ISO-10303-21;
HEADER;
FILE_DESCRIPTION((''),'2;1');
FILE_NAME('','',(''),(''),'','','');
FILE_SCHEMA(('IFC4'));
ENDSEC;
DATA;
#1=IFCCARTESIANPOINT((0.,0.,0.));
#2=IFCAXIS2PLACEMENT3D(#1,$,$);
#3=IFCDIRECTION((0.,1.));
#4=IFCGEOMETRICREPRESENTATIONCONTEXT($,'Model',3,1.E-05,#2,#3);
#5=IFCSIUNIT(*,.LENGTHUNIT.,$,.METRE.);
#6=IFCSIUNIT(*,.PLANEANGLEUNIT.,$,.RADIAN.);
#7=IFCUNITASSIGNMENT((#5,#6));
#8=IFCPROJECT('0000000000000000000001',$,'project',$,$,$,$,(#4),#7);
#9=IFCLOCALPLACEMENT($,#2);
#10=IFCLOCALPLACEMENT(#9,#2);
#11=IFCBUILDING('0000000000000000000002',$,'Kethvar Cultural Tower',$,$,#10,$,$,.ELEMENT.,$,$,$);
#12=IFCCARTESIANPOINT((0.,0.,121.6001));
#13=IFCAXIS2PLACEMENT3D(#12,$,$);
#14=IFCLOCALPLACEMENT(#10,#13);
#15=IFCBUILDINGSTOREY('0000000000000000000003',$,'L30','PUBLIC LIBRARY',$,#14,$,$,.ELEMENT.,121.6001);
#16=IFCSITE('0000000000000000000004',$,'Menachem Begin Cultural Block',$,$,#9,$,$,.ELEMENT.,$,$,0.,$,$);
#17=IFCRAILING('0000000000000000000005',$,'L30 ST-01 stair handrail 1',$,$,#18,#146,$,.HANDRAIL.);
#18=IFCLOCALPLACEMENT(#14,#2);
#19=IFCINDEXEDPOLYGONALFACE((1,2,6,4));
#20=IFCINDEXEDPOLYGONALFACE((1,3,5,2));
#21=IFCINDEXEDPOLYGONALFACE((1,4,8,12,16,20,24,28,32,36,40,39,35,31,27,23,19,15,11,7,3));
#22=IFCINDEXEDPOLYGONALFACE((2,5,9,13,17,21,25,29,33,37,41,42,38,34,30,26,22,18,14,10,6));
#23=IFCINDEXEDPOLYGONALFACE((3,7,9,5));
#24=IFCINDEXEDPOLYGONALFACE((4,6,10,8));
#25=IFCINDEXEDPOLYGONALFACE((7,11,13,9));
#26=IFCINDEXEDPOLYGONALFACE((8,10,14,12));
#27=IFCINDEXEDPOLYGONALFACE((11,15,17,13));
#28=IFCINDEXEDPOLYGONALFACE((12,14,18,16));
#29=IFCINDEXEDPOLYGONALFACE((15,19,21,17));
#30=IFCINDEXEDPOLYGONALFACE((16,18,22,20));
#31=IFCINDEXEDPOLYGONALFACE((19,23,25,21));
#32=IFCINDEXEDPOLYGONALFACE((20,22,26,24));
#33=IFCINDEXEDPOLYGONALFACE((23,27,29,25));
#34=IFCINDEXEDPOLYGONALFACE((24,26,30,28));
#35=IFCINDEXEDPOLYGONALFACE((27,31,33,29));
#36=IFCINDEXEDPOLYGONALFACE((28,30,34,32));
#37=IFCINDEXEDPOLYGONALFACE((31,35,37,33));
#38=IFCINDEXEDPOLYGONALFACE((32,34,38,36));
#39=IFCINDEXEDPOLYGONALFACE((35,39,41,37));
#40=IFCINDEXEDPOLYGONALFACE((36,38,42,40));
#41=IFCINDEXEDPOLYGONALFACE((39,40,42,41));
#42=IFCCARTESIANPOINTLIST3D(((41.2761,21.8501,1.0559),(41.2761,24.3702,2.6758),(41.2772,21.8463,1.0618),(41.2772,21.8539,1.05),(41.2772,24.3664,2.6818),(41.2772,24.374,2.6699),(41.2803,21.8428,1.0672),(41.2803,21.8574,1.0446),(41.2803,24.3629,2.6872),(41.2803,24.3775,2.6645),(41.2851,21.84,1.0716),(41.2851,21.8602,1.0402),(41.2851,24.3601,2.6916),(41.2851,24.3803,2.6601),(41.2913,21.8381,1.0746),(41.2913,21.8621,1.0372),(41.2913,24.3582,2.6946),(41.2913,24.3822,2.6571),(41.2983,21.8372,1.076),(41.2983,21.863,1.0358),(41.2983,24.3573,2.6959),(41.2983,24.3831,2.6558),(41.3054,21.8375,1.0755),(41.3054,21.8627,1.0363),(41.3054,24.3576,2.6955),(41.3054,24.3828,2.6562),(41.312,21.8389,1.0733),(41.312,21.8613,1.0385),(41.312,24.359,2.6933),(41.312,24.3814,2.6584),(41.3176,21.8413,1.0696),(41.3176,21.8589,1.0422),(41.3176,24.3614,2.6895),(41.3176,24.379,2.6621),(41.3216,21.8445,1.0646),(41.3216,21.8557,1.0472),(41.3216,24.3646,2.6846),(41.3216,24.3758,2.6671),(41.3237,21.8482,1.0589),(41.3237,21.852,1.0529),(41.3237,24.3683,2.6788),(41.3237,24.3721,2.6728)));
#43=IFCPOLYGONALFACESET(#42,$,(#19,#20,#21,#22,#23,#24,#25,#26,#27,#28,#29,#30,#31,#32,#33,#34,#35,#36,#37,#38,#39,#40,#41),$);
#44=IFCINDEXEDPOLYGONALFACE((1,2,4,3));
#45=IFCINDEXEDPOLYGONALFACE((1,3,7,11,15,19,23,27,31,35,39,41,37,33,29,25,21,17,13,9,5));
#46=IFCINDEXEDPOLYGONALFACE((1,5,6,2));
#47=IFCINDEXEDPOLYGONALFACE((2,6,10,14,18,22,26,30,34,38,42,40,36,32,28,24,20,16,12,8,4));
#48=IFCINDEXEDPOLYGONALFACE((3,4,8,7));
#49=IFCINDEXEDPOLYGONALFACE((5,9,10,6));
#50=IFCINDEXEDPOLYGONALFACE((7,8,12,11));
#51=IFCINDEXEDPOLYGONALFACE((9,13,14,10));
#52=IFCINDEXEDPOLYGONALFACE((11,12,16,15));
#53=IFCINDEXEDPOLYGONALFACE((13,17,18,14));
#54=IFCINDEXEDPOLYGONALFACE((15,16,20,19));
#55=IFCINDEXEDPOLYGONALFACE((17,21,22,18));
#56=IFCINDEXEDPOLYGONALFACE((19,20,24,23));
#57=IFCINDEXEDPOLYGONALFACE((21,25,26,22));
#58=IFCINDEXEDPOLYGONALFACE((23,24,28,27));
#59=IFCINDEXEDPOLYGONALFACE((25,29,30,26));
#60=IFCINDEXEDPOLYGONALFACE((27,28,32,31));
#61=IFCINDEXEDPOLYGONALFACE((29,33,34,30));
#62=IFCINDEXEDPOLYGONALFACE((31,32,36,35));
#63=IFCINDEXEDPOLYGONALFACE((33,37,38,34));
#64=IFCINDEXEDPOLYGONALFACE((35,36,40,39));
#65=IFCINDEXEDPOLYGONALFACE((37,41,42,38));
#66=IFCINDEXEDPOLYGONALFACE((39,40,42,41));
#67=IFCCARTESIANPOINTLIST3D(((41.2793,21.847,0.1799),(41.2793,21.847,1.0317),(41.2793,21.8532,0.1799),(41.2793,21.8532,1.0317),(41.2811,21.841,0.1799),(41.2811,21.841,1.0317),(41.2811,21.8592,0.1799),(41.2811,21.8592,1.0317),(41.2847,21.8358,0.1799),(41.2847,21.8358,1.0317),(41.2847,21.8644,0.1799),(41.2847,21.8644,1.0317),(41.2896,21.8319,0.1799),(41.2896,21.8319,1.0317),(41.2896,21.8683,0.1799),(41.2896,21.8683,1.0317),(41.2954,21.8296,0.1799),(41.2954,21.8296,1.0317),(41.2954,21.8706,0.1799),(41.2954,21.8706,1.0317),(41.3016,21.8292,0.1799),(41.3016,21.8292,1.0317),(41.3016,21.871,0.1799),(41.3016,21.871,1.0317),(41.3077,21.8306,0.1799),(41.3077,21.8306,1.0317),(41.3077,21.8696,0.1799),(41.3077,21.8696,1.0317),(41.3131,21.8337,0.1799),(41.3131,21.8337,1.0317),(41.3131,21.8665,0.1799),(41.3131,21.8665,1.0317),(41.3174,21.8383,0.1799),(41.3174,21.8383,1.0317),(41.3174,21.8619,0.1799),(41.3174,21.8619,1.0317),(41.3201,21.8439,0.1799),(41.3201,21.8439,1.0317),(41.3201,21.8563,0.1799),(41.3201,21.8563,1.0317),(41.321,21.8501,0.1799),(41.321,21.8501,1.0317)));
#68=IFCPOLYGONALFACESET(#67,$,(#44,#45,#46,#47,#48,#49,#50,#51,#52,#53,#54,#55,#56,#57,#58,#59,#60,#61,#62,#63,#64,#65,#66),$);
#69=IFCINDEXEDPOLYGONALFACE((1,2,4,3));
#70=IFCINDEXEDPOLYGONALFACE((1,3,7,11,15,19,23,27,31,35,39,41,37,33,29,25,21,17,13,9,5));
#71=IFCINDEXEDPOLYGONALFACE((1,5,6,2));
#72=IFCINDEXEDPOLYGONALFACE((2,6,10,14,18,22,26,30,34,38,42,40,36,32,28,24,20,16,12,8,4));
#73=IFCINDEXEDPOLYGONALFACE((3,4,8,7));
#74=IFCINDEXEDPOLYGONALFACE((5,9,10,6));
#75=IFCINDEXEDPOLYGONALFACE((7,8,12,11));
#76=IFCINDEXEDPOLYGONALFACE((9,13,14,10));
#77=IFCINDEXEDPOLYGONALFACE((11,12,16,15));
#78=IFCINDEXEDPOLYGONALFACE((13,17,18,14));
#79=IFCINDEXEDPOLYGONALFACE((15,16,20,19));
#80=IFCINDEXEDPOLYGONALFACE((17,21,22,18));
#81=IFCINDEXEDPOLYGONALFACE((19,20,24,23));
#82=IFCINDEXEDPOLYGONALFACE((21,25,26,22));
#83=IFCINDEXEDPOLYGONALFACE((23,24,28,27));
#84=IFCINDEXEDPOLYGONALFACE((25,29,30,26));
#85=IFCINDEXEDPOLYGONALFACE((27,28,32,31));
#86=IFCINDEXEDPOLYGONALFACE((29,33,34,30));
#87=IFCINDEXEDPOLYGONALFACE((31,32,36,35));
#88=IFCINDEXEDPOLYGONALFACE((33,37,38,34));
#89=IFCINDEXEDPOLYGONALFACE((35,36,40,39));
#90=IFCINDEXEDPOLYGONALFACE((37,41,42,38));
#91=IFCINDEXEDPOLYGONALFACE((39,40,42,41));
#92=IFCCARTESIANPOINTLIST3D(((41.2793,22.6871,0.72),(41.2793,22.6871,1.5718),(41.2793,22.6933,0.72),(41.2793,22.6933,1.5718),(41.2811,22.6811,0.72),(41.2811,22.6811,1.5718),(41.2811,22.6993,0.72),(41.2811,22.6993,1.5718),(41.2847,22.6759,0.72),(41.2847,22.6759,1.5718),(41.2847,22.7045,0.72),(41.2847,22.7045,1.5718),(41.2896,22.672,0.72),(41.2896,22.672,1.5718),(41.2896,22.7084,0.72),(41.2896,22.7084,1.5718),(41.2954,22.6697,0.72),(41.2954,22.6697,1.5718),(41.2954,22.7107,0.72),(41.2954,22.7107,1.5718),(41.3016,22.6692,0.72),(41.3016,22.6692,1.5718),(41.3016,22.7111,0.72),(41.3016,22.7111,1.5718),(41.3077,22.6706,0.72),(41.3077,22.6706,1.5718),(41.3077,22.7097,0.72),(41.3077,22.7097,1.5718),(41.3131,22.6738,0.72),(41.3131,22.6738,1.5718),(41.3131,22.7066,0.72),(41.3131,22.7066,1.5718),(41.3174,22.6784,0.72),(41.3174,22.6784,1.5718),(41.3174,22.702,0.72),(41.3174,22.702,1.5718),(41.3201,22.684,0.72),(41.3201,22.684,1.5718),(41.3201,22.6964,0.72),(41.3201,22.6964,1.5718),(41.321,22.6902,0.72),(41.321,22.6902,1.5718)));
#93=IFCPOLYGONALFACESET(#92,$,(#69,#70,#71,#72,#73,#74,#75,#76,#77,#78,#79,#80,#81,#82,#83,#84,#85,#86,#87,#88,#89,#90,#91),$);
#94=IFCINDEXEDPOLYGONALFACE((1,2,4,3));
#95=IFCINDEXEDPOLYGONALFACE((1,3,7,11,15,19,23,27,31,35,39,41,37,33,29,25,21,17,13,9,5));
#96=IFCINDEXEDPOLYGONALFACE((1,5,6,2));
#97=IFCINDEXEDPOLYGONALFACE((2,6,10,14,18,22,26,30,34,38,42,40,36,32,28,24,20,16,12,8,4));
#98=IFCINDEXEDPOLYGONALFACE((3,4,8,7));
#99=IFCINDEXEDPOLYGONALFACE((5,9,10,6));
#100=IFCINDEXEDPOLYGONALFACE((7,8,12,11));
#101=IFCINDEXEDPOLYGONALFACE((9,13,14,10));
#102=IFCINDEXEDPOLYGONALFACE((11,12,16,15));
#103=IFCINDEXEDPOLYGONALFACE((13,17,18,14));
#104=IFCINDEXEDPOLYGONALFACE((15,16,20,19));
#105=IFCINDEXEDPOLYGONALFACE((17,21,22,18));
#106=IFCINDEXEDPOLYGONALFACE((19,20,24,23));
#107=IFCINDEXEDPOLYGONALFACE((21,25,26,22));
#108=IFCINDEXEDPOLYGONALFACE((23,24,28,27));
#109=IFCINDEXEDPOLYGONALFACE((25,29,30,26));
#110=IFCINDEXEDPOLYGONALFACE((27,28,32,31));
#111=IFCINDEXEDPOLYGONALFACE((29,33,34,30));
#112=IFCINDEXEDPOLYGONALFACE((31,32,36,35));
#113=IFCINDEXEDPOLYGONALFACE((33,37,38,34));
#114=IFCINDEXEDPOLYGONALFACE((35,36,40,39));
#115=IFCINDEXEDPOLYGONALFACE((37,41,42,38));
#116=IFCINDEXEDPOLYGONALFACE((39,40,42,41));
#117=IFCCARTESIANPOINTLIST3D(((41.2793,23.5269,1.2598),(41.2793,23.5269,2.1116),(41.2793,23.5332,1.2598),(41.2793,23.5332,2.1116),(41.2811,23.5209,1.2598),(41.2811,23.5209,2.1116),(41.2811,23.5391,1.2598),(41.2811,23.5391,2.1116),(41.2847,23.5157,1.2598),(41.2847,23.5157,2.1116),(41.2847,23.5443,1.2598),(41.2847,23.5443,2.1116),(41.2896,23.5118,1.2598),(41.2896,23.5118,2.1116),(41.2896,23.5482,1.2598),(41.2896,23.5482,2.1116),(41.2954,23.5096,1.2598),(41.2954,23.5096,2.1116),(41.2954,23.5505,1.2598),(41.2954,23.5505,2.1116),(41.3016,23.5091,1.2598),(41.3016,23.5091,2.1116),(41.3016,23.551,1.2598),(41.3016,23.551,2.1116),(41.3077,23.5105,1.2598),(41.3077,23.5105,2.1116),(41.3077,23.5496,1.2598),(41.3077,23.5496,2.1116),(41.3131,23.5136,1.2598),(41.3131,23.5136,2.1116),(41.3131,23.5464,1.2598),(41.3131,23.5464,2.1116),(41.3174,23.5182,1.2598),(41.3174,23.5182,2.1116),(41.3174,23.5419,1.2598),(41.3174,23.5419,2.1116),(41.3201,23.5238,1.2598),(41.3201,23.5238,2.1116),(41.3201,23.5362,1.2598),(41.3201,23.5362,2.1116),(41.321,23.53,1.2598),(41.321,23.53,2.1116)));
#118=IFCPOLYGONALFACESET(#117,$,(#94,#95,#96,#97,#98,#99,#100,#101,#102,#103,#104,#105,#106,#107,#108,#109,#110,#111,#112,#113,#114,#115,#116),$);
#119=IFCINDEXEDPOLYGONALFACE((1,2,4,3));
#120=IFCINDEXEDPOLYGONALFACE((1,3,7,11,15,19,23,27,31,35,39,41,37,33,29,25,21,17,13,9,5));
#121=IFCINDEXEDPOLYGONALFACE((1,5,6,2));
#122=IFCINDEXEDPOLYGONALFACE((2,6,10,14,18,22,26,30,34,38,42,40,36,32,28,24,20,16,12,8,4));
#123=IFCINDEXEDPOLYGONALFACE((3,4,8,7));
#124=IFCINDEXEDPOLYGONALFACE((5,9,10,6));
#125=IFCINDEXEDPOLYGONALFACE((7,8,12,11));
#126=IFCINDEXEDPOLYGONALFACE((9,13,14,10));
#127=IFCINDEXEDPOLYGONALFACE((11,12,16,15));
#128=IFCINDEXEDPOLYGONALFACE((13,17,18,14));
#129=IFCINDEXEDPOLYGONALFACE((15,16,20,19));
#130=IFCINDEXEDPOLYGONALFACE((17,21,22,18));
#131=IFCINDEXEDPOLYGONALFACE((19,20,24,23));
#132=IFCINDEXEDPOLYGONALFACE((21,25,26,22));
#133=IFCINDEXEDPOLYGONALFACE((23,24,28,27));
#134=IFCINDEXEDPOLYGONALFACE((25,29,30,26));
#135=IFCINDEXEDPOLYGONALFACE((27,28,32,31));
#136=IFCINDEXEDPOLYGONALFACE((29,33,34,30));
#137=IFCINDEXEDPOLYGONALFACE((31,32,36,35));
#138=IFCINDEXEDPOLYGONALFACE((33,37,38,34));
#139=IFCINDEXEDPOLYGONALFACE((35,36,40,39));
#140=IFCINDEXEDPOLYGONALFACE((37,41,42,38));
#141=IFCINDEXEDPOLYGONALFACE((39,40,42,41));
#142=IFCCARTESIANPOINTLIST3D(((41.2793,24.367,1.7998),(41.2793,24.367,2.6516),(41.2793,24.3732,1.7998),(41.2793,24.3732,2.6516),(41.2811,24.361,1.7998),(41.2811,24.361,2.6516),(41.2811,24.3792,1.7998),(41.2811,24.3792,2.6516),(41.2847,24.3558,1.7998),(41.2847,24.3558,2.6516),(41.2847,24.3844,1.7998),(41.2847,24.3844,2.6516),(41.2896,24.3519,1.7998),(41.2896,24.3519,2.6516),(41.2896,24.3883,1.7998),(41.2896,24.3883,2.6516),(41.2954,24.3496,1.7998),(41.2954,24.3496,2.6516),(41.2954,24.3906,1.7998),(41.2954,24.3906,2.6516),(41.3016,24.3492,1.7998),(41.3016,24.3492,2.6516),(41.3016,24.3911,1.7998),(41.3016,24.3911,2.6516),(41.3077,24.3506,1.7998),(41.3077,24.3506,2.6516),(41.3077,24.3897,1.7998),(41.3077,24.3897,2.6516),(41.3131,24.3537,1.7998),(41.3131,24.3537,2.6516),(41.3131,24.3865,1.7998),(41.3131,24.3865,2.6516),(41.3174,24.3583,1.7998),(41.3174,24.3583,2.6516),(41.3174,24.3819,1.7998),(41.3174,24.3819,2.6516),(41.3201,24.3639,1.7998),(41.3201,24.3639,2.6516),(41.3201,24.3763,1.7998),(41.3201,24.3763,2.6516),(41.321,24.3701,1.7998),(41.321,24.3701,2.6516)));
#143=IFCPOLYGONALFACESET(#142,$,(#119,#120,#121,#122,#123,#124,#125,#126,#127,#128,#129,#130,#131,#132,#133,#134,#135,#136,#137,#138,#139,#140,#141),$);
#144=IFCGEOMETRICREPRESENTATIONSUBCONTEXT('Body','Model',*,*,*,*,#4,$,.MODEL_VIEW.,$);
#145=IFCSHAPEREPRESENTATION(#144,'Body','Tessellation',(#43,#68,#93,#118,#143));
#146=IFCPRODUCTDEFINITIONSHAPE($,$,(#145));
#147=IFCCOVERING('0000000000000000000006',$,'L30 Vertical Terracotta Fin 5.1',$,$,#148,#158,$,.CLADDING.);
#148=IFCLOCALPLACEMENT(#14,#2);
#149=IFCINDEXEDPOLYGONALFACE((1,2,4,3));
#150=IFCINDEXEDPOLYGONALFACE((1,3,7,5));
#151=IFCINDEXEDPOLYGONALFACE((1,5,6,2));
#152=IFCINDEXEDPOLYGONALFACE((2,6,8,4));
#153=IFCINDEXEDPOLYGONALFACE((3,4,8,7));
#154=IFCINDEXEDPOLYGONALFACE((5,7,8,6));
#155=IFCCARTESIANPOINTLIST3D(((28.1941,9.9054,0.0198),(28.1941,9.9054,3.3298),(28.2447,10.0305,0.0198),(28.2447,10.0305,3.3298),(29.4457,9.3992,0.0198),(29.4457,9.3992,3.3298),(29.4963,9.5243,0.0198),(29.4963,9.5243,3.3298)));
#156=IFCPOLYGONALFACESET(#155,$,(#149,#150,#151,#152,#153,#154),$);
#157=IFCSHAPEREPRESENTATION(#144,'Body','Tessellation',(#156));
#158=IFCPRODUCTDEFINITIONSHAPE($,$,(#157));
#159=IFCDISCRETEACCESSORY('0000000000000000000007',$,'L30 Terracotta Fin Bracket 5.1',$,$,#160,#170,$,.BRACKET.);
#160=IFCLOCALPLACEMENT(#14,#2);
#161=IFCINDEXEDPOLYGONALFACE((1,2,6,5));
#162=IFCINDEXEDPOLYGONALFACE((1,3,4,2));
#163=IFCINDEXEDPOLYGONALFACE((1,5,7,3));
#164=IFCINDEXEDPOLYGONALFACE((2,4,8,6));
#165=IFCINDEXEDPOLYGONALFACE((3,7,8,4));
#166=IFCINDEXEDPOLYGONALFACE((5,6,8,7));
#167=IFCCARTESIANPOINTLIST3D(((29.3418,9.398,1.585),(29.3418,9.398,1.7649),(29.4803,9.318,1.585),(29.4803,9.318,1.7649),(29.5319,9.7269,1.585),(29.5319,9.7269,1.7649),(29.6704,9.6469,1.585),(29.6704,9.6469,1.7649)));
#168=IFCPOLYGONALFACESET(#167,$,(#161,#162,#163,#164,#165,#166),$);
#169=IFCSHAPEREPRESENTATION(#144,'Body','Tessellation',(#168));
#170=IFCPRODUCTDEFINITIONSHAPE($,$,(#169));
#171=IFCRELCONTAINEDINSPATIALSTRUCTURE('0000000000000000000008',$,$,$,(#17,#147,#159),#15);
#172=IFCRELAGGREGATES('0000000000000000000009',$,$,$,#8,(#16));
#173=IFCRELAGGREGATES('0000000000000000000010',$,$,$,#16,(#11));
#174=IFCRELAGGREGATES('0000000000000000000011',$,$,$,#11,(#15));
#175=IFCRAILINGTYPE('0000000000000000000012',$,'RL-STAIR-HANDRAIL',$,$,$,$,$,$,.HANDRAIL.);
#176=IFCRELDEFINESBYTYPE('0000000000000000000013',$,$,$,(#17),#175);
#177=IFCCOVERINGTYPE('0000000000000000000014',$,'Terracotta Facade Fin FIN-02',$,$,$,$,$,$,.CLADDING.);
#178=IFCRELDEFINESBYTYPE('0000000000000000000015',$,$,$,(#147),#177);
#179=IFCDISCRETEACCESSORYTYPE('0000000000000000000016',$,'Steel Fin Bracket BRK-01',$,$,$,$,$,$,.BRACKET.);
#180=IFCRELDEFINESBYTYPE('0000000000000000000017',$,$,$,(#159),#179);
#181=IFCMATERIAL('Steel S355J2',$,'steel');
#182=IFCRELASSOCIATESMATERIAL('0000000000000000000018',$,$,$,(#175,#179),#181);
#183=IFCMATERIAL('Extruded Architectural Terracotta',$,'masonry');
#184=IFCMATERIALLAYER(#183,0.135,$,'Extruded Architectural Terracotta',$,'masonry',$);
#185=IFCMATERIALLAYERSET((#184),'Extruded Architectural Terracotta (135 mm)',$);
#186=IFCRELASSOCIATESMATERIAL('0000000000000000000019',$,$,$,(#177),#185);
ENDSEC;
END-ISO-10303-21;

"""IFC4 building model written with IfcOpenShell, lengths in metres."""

from ifc_helpers import new_model, si_unit, direction, frame, origin, origin_2d, place, context, subcontext, project, spatial, rectangle, circle, extrude, source, transform, mapped, material, layer, layer_set, type_object, element, save


model = new_model("IFC4")

# Units and contexts
model_context = context("Model", 3, precision=1e-05, world=origin(), true_north=direction((0.0, 1.0)))
body_context = subcontext(model_context, "Body", "Model", "MODEL_VIEW")
ifc_project = project(units=[si_unit("LENGTHUNIT", "METRE"), si_unit("PLANEANGLEUNIT", "RADIAN")], contexts=[model_context])

# Site, building, storey
site_placement = place(None, origin())
site = spatial("IfcSite", under=ifc_project, at=site_placement, Name="Menachem Begin Cultural Block", CompositionType="ELEMENT", RefElevation=0.0)
building_placement = place(site_placement, origin())
building = spatial("IfcBuilding", under=site, at=building_placement, Name="Kethvar Cultural Tower", CompositionType="ELEMENT")
storey_placement = place(building_placement, frame((0.0, 0.0, 121.6001)))
storey = spatial("IfcBuildingStorey", under=building, at=storey_placement, Name="L30", Description="PUBLIC LIBRARY", CompositionType="ELEMENT", Elevation=121.6001)

# Shared definitions
ifc_material_1 = material(Name="Steel S355J2", Category="steel")

# Railing
railing_type_1 = type_object("IfcRailingType", Name="RL-STAIR-HANDRAIL", PredefinedType="HANDRAIL", material=ifc_material_1)
railing_1_placement = place(storey_placement, frame((41.3, 21.8501, 0.1799)))
element("IfcRailing", 1, at=railing_1_placement, inside=storey, type_object=railing_type_1, Name="L30 ST-01 stair handrail 1", PredefinedType="HANDRAIL", context=body_context, shape_type="SweptSolid", body=[
    extrude(circle(Radius=0.0239, at=origin_2d()), frame((0.0, 0.0, 0.876), z_axis=(0.0, 0.8412, 0.540725), x_axis=(-1.0, 0.0, 0.0)), (0.0, 0.0, 1.0), 2.9958),
    extrude(circle(Radius=0.021, at=origin_2d()), origin(), (0.0, 0.0, 1.0), 0.8518),
    extrude(circle(Radius=0.021, at=origin_2d()), frame((0.0, 0.8401, 0.54)), (0.0, 0.0, 1.0), 0.8518),
    extrude(circle(Radius=0.021, at=origin_2d()), frame((0.0, 1.6799, 1.0798)), (0.0, 0.0, 1.0), 0.8518),
    extrude(circle(Radius=0.021, at=origin_2d()), frame((0.0, 2.52, 1.6199)), (0.0, 0.0, 1.0), 0.8518),
])

# Covering
ifc_material_2 = material(Name="Extruded Architectural Terracotta", Category="masonry")
ifc_layer_1 = layer(ifc_material_2, 0.135, Name="Extruded Architectural Terracotta", Category="masonry")
ifc_layer_set_1 = layer_set([ifc_layer_1], Name="Extruded Architectural Terracotta (135 mm)")
covering_type = type_object("IfcCoveringType", Name="Terracotta Facade Fin FIN-02", PredefinedType="CLADDING", material=ifc_layer_set_1)
shared_shape_1 = source(origin(), body_context, "Body", "SweptSolid", [
    extrude(rectangle(XDim=1.3501, YDim=0.135, at=origin_2d()), origin(), (0.0, 0.0, 1.0), 3.3101),
])
covering_placement = place(storey_placement, frame((28.8452, 9.7148, 0.0198), z_axis=(0.0, 0.0, 1.0), x_axis=(-0.927053, 0.37493, 0.0)))
element("IfcCovering", 2, at=covering_placement, inside=storey, type_object=covering_type, Name="L30 Vertical Terracotta Fin 5.1", PredefinedType="CLADDING", context=body_context, shape_type="MappedRepresentation", body=[
    mapped(shared_shape_1, transform((0.0, 0.0, 0.0), scale=1.0)),
])

# Discrete accessory
discrete_accessory_type = type_object("IfcDiscreteAccessoryType", Name="Steel Fin Bracket BRK-01", PredefinedType="BRACKET", material=ifc_material_1)
shared_shape_2 = source(origin(), body_context, "Body", "SweptSolid", [
    extrude(rectangle(XDim=0.3799, YDim=0.1599, at=origin_2d()), origin(), (0.0, 0.0, 1.0), 0.1799),
])
discrete_accessory_placement = place(storey_placement, frame((29.5061, 9.5225, 1.585), z_axis=(0.0, 0.0, 1.0), x_axis=(-0.500302, -0.865851, 0.0)))
element("IfcDiscreteAccessory", 3, at=discrete_accessory_placement, inside=storey, type_object=discrete_accessory_type, Name="L30 Terracotta Fin Bracket 5.1", PredefinedType="BRACKET", context=body_context, shape_type="MappedRepresentation", body=[
    mapped(shared_shape_2, transform((0.0, 0.0, 0.0), scale=1.0)),
])

save(model, "model.ifc")
